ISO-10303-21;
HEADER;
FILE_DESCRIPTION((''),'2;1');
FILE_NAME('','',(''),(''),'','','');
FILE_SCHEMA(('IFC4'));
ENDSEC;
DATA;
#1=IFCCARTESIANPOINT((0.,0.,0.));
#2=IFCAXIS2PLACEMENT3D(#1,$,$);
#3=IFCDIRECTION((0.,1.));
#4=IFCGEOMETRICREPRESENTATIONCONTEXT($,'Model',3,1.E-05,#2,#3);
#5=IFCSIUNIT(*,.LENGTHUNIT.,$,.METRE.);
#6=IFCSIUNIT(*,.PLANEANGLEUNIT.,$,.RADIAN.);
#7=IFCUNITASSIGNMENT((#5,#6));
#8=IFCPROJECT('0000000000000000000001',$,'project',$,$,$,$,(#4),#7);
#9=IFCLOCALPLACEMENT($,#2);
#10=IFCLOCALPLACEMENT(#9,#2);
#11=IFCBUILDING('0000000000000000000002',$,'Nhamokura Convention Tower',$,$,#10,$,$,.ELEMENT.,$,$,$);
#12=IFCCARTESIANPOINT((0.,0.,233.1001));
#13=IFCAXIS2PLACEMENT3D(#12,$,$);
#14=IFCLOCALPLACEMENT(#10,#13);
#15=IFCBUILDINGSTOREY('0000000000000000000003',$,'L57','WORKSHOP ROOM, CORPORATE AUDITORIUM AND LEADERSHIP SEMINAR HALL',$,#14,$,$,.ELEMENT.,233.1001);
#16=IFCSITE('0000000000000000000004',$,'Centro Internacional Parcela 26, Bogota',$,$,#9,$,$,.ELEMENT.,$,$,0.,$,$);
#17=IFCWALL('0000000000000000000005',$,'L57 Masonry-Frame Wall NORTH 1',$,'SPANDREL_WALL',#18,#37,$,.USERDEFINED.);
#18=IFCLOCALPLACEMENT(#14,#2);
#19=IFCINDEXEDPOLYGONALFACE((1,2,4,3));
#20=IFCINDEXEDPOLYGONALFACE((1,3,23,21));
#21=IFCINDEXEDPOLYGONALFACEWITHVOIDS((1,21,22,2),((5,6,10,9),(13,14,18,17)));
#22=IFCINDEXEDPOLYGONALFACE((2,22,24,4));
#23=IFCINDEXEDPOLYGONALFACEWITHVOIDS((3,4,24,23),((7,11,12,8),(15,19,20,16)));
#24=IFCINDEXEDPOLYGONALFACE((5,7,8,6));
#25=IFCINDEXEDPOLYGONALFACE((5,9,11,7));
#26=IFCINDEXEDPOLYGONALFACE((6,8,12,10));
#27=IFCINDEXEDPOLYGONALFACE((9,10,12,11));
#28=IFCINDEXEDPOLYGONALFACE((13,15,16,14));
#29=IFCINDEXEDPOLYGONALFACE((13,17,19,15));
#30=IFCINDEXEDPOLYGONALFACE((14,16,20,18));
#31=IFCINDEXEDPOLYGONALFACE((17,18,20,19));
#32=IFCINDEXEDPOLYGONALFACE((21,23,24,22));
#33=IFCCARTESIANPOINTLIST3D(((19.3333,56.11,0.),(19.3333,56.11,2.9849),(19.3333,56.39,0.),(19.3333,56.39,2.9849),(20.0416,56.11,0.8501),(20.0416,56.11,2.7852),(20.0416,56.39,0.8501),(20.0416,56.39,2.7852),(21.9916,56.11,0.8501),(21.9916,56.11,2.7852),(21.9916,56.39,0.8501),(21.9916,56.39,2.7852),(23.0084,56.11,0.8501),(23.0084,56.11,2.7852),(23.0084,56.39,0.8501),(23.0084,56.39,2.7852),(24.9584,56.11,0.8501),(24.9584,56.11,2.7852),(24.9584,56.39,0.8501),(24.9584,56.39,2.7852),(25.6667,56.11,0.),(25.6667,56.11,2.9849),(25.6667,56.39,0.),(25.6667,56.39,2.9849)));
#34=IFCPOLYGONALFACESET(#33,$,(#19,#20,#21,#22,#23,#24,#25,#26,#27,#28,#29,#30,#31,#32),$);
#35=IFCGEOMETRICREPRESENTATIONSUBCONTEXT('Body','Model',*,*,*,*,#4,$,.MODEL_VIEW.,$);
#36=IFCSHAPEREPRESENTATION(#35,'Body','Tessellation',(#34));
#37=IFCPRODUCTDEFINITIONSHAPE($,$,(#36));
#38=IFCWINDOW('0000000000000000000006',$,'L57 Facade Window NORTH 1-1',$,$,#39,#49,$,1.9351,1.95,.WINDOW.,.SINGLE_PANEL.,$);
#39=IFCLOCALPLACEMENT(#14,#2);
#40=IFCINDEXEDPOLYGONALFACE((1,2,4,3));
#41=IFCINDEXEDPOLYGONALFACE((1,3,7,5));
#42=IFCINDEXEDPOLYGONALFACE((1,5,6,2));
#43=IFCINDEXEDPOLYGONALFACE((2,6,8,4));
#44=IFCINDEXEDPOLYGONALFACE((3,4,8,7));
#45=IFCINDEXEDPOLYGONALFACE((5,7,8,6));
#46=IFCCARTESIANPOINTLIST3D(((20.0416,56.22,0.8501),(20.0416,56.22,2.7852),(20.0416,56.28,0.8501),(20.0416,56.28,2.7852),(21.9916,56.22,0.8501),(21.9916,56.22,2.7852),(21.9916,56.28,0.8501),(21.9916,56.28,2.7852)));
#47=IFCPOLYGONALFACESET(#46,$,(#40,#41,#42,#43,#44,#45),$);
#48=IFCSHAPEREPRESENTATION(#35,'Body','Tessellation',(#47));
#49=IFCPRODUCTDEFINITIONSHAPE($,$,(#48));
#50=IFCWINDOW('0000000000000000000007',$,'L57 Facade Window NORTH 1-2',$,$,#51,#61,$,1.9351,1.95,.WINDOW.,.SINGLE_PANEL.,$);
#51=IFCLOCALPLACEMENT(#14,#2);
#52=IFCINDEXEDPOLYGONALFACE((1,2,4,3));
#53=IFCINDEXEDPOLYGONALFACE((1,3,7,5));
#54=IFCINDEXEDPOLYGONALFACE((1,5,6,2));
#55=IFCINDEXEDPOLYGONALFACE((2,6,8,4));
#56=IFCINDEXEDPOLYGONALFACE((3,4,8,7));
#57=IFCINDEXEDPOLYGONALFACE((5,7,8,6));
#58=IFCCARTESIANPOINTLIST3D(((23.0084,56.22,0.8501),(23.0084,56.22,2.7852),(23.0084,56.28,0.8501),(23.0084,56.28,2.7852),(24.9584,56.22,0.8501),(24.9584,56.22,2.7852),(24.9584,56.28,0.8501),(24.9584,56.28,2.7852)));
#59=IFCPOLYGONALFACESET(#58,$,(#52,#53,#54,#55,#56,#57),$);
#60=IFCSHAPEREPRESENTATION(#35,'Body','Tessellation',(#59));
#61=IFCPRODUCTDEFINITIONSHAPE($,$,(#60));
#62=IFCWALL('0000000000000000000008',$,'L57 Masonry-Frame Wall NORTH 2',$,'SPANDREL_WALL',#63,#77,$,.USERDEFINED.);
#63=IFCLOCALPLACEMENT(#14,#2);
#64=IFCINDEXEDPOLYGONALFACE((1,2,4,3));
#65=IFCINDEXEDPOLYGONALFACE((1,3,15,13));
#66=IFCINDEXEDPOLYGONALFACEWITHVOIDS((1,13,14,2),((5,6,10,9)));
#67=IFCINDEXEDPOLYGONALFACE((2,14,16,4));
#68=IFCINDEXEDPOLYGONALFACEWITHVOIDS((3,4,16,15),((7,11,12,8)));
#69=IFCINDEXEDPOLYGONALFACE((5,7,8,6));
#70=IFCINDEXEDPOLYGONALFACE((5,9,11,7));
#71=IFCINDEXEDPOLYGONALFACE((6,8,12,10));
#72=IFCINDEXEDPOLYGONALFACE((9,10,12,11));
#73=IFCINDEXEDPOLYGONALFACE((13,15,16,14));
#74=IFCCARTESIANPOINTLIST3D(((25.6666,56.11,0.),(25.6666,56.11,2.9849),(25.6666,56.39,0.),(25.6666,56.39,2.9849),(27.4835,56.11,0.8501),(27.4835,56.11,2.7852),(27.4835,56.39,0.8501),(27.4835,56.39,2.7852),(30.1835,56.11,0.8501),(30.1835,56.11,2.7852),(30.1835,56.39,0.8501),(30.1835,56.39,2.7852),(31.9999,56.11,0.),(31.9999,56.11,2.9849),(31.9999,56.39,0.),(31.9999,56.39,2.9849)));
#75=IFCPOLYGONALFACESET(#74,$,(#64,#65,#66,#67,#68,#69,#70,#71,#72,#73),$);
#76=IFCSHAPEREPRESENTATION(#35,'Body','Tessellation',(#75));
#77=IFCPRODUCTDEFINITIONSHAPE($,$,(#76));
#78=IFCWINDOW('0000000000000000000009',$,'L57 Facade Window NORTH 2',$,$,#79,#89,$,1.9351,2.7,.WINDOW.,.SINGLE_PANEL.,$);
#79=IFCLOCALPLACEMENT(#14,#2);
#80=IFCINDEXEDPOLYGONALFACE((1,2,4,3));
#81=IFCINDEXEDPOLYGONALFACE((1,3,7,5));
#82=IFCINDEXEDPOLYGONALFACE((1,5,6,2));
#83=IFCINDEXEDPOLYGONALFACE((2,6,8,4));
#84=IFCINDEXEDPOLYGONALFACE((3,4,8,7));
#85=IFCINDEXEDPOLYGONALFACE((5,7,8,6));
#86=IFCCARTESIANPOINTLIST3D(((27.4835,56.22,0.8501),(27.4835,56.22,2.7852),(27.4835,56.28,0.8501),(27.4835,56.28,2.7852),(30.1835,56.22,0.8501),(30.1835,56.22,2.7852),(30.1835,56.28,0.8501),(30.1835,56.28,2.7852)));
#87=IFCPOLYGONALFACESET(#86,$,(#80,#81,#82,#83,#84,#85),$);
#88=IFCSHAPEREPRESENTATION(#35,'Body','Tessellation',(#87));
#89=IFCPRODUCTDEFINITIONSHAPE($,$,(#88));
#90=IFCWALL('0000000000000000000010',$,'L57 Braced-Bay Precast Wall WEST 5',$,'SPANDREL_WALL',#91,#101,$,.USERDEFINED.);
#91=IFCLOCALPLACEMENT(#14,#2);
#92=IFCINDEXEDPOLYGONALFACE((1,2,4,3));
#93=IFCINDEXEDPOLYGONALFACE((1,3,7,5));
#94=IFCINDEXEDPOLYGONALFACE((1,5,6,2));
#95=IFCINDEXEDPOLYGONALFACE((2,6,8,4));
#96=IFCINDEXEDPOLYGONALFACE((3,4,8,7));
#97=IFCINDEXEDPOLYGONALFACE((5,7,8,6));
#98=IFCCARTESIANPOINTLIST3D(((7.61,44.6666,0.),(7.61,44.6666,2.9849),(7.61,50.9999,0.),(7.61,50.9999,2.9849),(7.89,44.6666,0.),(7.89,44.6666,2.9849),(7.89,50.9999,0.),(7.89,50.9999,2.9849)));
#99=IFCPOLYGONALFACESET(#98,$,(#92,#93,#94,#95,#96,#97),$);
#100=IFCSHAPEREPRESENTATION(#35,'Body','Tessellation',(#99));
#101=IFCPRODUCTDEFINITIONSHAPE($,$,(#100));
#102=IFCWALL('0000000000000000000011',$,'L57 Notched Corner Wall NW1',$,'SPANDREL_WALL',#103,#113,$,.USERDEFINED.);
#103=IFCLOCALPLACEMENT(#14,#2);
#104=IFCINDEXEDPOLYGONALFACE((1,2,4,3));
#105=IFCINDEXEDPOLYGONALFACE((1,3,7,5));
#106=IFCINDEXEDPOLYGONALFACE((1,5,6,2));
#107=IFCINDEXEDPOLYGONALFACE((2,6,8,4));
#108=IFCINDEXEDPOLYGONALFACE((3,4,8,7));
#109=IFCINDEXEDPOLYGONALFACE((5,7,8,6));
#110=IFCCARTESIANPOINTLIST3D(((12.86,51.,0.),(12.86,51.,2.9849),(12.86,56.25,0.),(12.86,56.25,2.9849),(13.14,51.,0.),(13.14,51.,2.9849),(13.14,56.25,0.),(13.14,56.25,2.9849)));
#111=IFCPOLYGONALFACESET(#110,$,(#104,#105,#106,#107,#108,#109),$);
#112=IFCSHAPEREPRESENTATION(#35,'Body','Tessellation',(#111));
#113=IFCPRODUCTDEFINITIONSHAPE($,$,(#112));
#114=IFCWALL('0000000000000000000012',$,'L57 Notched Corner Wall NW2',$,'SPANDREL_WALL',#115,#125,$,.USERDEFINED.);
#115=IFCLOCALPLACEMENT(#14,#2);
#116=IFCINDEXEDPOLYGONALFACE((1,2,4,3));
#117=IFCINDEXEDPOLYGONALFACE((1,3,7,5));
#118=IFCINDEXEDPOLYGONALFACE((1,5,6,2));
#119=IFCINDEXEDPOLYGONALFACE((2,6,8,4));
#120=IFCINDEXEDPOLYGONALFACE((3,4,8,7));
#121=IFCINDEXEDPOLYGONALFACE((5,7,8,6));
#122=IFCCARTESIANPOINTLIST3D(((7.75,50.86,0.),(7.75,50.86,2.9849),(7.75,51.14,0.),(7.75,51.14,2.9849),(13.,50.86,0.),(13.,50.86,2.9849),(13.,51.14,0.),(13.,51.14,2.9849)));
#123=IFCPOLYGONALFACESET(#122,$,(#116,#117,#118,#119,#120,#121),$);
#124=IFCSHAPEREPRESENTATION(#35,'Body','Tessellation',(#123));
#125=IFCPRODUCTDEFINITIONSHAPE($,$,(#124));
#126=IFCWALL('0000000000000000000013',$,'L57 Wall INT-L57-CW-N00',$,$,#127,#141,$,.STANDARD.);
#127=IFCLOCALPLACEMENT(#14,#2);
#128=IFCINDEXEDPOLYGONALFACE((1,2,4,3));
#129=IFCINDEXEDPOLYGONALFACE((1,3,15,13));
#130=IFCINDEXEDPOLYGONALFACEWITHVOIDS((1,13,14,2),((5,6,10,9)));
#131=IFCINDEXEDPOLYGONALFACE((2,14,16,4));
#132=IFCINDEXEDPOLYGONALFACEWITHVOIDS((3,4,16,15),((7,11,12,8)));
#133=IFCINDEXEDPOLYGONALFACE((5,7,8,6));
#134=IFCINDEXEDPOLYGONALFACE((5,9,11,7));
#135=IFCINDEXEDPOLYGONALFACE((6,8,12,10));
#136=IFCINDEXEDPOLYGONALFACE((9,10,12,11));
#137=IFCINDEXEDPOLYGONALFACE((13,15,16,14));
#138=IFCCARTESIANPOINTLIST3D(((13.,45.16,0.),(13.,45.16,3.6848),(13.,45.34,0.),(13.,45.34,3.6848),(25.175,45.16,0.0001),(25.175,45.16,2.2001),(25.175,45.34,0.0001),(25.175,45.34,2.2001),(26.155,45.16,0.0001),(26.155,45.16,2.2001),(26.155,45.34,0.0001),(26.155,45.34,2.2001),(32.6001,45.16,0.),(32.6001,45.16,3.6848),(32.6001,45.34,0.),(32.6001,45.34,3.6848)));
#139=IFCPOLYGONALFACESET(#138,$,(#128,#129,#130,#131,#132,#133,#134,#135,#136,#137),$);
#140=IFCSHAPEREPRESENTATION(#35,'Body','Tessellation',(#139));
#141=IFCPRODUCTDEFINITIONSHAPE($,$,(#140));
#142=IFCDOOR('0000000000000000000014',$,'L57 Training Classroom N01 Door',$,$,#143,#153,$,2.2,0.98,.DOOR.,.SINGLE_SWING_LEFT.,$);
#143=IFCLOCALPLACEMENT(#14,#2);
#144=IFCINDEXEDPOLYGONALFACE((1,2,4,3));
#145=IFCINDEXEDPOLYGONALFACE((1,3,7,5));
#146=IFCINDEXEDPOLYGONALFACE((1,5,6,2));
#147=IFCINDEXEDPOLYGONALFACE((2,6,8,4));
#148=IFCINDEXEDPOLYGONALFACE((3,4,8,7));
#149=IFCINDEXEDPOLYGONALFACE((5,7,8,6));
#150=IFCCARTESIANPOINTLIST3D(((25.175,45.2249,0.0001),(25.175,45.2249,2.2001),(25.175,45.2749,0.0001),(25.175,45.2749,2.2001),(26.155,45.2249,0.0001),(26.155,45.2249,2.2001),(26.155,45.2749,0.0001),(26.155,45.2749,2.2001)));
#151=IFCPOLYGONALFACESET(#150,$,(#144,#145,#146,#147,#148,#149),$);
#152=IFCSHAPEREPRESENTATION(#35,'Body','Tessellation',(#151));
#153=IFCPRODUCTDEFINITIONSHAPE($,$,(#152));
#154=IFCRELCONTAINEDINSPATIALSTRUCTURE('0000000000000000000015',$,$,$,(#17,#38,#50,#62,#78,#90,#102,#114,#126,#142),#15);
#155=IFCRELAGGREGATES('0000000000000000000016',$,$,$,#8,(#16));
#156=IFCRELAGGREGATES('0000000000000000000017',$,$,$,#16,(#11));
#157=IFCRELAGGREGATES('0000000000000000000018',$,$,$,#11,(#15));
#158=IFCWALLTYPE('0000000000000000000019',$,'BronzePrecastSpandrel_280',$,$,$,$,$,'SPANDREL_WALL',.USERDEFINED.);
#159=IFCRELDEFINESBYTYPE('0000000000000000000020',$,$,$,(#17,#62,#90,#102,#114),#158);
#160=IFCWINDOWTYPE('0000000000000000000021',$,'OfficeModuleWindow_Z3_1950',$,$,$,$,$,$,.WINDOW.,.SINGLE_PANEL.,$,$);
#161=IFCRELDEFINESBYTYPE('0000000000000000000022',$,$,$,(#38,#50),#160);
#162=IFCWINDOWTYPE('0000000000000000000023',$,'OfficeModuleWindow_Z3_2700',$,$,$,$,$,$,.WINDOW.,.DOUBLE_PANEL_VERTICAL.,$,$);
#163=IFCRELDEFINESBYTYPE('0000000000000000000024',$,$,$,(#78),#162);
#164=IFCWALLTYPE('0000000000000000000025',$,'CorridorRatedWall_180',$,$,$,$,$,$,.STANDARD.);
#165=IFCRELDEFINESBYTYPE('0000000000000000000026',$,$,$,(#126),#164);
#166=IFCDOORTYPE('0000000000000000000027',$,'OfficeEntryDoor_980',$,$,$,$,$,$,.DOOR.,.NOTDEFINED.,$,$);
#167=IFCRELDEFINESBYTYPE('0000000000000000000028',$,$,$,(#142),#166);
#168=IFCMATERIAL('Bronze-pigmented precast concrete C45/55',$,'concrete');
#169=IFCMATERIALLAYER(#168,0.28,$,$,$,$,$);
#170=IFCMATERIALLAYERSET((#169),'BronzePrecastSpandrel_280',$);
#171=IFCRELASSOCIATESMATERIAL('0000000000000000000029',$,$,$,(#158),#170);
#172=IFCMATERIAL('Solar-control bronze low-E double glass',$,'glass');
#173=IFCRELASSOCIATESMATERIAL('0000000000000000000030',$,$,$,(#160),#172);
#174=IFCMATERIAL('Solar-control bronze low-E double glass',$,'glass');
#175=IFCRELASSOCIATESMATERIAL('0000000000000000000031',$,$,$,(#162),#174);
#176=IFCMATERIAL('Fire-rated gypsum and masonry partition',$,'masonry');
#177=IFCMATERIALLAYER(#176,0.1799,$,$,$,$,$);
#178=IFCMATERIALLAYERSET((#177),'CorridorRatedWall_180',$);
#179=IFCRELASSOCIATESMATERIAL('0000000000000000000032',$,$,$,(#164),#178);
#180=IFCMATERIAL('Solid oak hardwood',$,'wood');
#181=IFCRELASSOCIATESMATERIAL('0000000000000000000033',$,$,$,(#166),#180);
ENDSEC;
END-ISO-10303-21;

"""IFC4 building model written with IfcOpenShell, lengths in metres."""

from ifc_helpers import new_model, si_unit, direction, frame, frame_2d, origin, place, context, subcontext, project, spatial, rectangle, extrude, material, layer, layer_set, type_object, element, fill, save


model = new_model("IFC4")

# Units and contexts
model_context = context("Model", 3, precision=1e-05, world=origin(), true_north=direction((0.0, 1.0)))
body_context = subcontext(model_context, "Body", "Model", "MODEL_VIEW")
ifc_project = project(units=[si_unit("LENGTHUNIT", "METRE"), si_unit("PLANEANGLEUNIT", "RADIAN")], contexts=[model_context])

# Site, building, storey
site_placement = place(None, origin())
site = spatial("IfcSite", under=ifc_project, at=site_placement, Name="Centro Internacional Parcela 26, Bogota", CompositionType="ELEMENT", RefElevation=0.0)
building_placement = place(site_placement, origin())
building = spatial("IfcBuilding", under=site, at=building_placement, Name="Nhamokura Convention Tower", CompositionType="ELEMENT")
storey_placement = place(building_placement, frame((0.0, 0.0, 233.1001)))
storey = spatial("IfcBuildingStorey", under=building, at=storey_placement, Name="L57", Description="WORKSHOP ROOM, CORPORATE AUDITORIUM AND LEADERSHIP SEMINAR HALL", CompositionType="ELEMENT", Elevation=233.1001)

# Shared definitions
ifc_material_1 = material(Name="Bronze-pigmented precast concrete C45/55", Category="concrete")
ifc_layer_1 = layer(ifc_material_1, 0.28)
ifc_layer_set_1 = layer_set([ifc_layer_1], Name="BronzePrecastSpandrel_280")
wall_type_1 = type_object("IfcWallType", Name="BronzePrecastSpandrel_280", ElementType="SPANDREL_WALL", PredefinedType="USERDEFINED", material=ifc_layer_set_1)

# Wall, openings, windows
wall_1_placement = place(storey_placement, frame((19.3333, 56.25, 0.0), z_axis=(0.0, 0.0, 1.0), x_axis=(1.0, 0.0, 0.0)))
wall_1 = element("IfcWall", 1, at=wall_1_placement, inside=storey, type_object=wall_type_1, Name="L57 Masonry-Frame Wall NORTH 1", ObjectType="SPANDREL_WALL", PredefinedType="USERDEFINED", context=body_context, shape_type="SweptSolid", body=[
    extrude(rectangle(XDim=6.3335, YDim=0.28, at=frame_2d((3.1667, 0.0))), origin(), (0.0, 0.0, 1.0), 2.9849),
])
opening_1_placement = place(wall_1_placement, frame((0.7083, 0.0, 0.8501)))
opening_1 = element("IfcOpeningElement", 2, at=opening_1_placement, cuts=wall_1, PredefinedType="OPENING", context=body_context, shape_type="SweptSolid", body=[
    extrude(rectangle(XDim=1.95, YDim=1.9351, at=frame_2d((0.9751, 0.9675))), frame((0.0, 0.1499, 0.0), z_axis=(0.0, -1.0, 0.0), x_axis=(1.0, 0.0, 0.0)), (0.0, 0.0, 1.0), 0.3),
])
opening_2_placement = place(wall_1_placement, frame((3.675, 0.0, 0.8501)))
opening_2 = element("IfcOpeningElement", 3, at=opening_2_placement, cuts=wall_1, PredefinedType="OPENING", context=body_context, shape_type="SweptSolid", body=[
    extrude(rectangle(XDim=1.95, YDim=1.9351, at=frame_2d((0.9751, 0.9675))), frame((0.0, 0.1499, 0.0), z_axis=(0.0, -1.0, 0.0), x_axis=(1.0, 0.0, 0.0)), (0.0, 0.0, 1.0), 0.3),
])
ifc_material_2 = material(Name="Solar-control bronze low-E double glass", Category="glass")
window_type_1 = type_object("IfcWindowType", Name="OfficeModuleWindow_Z3_1950", PartitioningType="SINGLE_PANEL", PredefinedType="WINDOW", material=ifc_material_2)
window_1_placement = place(opening_1_placement, origin())
window_1 = element("IfcWindow", 4, at=window_1_placement, inside=storey, type_object=window_type_1, Name="L57 Facade Window NORTH 1-1", OverallHeight=1.9351, OverallWidth=1.95, PartitioningType="SINGLE_PANEL", PredefinedType="WINDOW", context=body_context, shape_type="SweptSolid", body=[
    extrude(rectangle(XDim=1.95, YDim=1.9351, at=frame_2d((0.9751, 0.9675))), frame((0.0, 0.03, 0.0), z_axis=(0.0, -1.0, 0.0), x_axis=(1.0, 0.0, 0.0)), (0.0, 0.0, 1.0), 0.0601),
])
fill(opening_1, window_1)
window_2_placement = place(opening_2_placement, origin())
window_2 = element("IfcWindow", 5, at=window_2_placement, inside=storey, type_object=window_type_1, Name="L57 Facade Window NORTH 1-2", OverallHeight=1.9351, OverallWidth=1.95, PartitioningType="SINGLE_PANEL", PredefinedType="WINDOW", context=body_context, shape_type="SweptSolid", body=[
    extrude(rectangle(XDim=1.95, YDim=1.9351, at=frame_2d((0.9751, 0.9675))), frame((0.0, 0.03, 0.0), z_axis=(0.0, -1.0, 0.0), x_axis=(1.0, 0.0, 0.0)), (0.0, 0.0, 1.0), 0.0601),
])
fill(opening_2, window_2)

# Wall, opening, window
wall_2_placement = place(storey_placement, frame((25.6667, 56.25, 0.0), z_axis=(0.0, 0.0, 1.0), x_axis=(1.0, 0.0, 0.0)))
wall_2 = element("IfcWall", 6, at=wall_2_placement, inside=storey, type_object=wall_type_1, Name="L57 Masonry-Frame Wall NORTH 2", ObjectType="SPANDREL_WALL", PredefinedType="USERDEFINED", context=body_context, shape_type="SweptSolid", body=[
    extrude(rectangle(XDim=6.3333, YDim=0.28, at=frame_2d((3.1665, 0.0))), origin(), (0.0, 0.0, 1.0), 2.9849),
])
opening_3_placement = place(wall_2_placement, frame((1.8167, 0.0, 0.8501)))
opening_3 = element("IfcOpeningElement", 7, at=opening_3_placement, cuts=wall_2, PredefinedType="OPENING", context=body_context, shape_type="SweptSolid", body=[
    extrude(rectangle(XDim=2.7, YDim=1.9351, at=frame_2d((1.3501, 0.9675))), frame((0.0, 0.1499, 0.0), z_axis=(0.0, -1.0, 0.0), x_axis=(1.0, 0.0, 0.0)), (0.0, 0.0, 1.0), 0.3),
])
ifc_material_3 = material(Name="Solar-control bronze low-E double glass", Category="glass")
window_type_2 = type_object("IfcWindowType", Name="OfficeModuleWindow_Z3_2700", PartitioningType="DOUBLE_PANEL_VERTICAL", PredefinedType="WINDOW", material=ifc_material_3)
window_3_placement = place(opening_3_placement, origin())
window_3 = element("IfcWindow", 8, at=window_3_placement, inside=storey, type_object=window_type_2, Name="L57 Facade Window NORTH 2", OverallHeight=1.9351, OverallWidth=2.7, PartitioningType="SINGLE_PANEL", PredefinedType="WINDOW", context=body_context, shape_type="SweptSolid", body=[
    extrude(rectangle(XDim=2.7, YDim=1.9351, at=frame_2d((1.3501, 0.9675))), frame((0.0, 0.03, 0.0), z_axis=(0.0, -1.0, 0.0), x_axis=(1.0, 0.0, 0.0)), (0.0, 0.0, 1.0), 0.0601),
])
fill(opening_3, window_3)

# Walls
wall_3_placement = place(storey_placement, frame((7.75, 44.6667, 0.0), z_axis=(0.0, 0.0, 1.0), x_axis=(0.0, 1.0, 0.0)))
element("IfcWall", 9, at=wall_3_placement, inside=storey, type_object=wall_type_1, Name="L57 Braced-Bay Precast Wall WEST 5", ObjectType="SPANDREL_WALL", PredefinedType="USERDEFINED", context=body_context, shape_type="SweptSolid", body=[
    extrude(rectangle(XDim=6.3333, YDim=0.28, at=frame_2d((3.1665, 0.0))), origin(), (0.0, 0.0, 1.0), 2.9849),
])
for number, where, z_axis, x_axis, name in (
    (10, (13.0, 51.0, 0.0), (0.0, 0.0, 1.0), (0.0, 1.0, 0.0), "L57 Notched Corner Wall NW1"),
    (11, (7.75, 51.0, 0.0), (0.0, 0.0, 1.0), (1.0, 0.0, 0.0), "L57 Notched Corner Wall NW2"),
):
    element("IfcWall", number, at=place(storey_placement, frame(where, z_axis=z_axis, x_axis=x_axis)), inside=storey, type_object=wall_type_1, Name=name, ObjectType="SPANDREL_WALL", PredefinedType="USERDEFINED", context=body_context, shape_type="SweptSolid", body=[
        extrude(rectangle(XDim=5.25, YDim=0.28, at=frame_2d((2.625, 0.0))), origin(), (0.0, 0.0, 1.0), 2.9849),
    ])

# Wall, opening, door
ifc_material_4 = material(Name="Fire-rated gypsum and masonry partition", Category="masonry")
ifc_layer_2 = layer(ifc_material_4, 0.1799)
ifc_layer_set_2 = layer_set([ifc_layer_2], Name="CorridorRatedWall_180")
wall_type_2 = type_object("IfcWallType", Name="CorridorRatedWall_180", PredefinedType="STANDARD", material=ifc_layer_set_2)
wall_4_placement = place(storey_placement, frame((13.0, 45.25, 0.0), z_axis=(0.0, 0.0, 1.0), x_axis=(1.0, 0.0, 0.0)))
wall_4 = element("IfcWall", 12, at=wall_4_placement, inside=storey, type_object=wall_type_2, Name="L57 Wall INT-L57-CW-N00", PredefinedType="STANDARD", context=body_context, shape_type="SweptSolid", body=[
    extrude(rectangle(XDim=19.6001, YDim=0.1799, at=frame_2d((9.8, 0.0))), origin(), (0.0, 0.0, 1.0), 3.6848),
])
opening_4_placement = place(wall_4_placement, frame((12.175, 0.0, 0.0)))
opening_4 = element("IfcOpeningElement", 13, at=opening_4_placement, cuts=wall_4, PredefinedType="OPENING", context=body_context, shape_type="SweptSolid", body=[
    extrude(rectangle(XDim=0.98, YDim=2.2, at=frame_2d((0.49, 1.1001))), frame((0.0, 0.0999, 0.0), z_axis=(0.0, -1.0, 0.0), x_axis=(1.0, 0.0, 0.0)), (0.0, 0.0, 1.0), 0.2),
])
ifc_material_5 = material(Name="Solid oak hardwood", Category="wood")
door_type = type_object("IfcDoorType", Name="OfficeEntryDoor_980", OperationType="NOTDEFINED", PredefinedType="DOOR", material=ifc_material_5)
door_placement = place(opening_4_placement, origin())
door = element("IfcDoor", 14, at=door_placement, inside=storey, type_object=door_type, Name="L57 Training Classroom N01 Door", OperationType="SINGLE_SWING_LEFT", OverallHeight=2.2, OverallWidth=0.98, PredefinedType="DOOR", context=body_context, shape_type="SweptSolid", body=[
    extrude(rectangle(XDim=0.98, YDim=2.2, at=frame_2d((0.49, 1.1001))), frame((0.0, 0.0249, 0.0), z_axis=(0.0, -1.0, 0.0), x_axis=(1.0, 0.0, 0.0)), (0.0, 0.0, 1.0), 0.05),
])
fill(opening_4, door)

save(model, "model.ifc")
